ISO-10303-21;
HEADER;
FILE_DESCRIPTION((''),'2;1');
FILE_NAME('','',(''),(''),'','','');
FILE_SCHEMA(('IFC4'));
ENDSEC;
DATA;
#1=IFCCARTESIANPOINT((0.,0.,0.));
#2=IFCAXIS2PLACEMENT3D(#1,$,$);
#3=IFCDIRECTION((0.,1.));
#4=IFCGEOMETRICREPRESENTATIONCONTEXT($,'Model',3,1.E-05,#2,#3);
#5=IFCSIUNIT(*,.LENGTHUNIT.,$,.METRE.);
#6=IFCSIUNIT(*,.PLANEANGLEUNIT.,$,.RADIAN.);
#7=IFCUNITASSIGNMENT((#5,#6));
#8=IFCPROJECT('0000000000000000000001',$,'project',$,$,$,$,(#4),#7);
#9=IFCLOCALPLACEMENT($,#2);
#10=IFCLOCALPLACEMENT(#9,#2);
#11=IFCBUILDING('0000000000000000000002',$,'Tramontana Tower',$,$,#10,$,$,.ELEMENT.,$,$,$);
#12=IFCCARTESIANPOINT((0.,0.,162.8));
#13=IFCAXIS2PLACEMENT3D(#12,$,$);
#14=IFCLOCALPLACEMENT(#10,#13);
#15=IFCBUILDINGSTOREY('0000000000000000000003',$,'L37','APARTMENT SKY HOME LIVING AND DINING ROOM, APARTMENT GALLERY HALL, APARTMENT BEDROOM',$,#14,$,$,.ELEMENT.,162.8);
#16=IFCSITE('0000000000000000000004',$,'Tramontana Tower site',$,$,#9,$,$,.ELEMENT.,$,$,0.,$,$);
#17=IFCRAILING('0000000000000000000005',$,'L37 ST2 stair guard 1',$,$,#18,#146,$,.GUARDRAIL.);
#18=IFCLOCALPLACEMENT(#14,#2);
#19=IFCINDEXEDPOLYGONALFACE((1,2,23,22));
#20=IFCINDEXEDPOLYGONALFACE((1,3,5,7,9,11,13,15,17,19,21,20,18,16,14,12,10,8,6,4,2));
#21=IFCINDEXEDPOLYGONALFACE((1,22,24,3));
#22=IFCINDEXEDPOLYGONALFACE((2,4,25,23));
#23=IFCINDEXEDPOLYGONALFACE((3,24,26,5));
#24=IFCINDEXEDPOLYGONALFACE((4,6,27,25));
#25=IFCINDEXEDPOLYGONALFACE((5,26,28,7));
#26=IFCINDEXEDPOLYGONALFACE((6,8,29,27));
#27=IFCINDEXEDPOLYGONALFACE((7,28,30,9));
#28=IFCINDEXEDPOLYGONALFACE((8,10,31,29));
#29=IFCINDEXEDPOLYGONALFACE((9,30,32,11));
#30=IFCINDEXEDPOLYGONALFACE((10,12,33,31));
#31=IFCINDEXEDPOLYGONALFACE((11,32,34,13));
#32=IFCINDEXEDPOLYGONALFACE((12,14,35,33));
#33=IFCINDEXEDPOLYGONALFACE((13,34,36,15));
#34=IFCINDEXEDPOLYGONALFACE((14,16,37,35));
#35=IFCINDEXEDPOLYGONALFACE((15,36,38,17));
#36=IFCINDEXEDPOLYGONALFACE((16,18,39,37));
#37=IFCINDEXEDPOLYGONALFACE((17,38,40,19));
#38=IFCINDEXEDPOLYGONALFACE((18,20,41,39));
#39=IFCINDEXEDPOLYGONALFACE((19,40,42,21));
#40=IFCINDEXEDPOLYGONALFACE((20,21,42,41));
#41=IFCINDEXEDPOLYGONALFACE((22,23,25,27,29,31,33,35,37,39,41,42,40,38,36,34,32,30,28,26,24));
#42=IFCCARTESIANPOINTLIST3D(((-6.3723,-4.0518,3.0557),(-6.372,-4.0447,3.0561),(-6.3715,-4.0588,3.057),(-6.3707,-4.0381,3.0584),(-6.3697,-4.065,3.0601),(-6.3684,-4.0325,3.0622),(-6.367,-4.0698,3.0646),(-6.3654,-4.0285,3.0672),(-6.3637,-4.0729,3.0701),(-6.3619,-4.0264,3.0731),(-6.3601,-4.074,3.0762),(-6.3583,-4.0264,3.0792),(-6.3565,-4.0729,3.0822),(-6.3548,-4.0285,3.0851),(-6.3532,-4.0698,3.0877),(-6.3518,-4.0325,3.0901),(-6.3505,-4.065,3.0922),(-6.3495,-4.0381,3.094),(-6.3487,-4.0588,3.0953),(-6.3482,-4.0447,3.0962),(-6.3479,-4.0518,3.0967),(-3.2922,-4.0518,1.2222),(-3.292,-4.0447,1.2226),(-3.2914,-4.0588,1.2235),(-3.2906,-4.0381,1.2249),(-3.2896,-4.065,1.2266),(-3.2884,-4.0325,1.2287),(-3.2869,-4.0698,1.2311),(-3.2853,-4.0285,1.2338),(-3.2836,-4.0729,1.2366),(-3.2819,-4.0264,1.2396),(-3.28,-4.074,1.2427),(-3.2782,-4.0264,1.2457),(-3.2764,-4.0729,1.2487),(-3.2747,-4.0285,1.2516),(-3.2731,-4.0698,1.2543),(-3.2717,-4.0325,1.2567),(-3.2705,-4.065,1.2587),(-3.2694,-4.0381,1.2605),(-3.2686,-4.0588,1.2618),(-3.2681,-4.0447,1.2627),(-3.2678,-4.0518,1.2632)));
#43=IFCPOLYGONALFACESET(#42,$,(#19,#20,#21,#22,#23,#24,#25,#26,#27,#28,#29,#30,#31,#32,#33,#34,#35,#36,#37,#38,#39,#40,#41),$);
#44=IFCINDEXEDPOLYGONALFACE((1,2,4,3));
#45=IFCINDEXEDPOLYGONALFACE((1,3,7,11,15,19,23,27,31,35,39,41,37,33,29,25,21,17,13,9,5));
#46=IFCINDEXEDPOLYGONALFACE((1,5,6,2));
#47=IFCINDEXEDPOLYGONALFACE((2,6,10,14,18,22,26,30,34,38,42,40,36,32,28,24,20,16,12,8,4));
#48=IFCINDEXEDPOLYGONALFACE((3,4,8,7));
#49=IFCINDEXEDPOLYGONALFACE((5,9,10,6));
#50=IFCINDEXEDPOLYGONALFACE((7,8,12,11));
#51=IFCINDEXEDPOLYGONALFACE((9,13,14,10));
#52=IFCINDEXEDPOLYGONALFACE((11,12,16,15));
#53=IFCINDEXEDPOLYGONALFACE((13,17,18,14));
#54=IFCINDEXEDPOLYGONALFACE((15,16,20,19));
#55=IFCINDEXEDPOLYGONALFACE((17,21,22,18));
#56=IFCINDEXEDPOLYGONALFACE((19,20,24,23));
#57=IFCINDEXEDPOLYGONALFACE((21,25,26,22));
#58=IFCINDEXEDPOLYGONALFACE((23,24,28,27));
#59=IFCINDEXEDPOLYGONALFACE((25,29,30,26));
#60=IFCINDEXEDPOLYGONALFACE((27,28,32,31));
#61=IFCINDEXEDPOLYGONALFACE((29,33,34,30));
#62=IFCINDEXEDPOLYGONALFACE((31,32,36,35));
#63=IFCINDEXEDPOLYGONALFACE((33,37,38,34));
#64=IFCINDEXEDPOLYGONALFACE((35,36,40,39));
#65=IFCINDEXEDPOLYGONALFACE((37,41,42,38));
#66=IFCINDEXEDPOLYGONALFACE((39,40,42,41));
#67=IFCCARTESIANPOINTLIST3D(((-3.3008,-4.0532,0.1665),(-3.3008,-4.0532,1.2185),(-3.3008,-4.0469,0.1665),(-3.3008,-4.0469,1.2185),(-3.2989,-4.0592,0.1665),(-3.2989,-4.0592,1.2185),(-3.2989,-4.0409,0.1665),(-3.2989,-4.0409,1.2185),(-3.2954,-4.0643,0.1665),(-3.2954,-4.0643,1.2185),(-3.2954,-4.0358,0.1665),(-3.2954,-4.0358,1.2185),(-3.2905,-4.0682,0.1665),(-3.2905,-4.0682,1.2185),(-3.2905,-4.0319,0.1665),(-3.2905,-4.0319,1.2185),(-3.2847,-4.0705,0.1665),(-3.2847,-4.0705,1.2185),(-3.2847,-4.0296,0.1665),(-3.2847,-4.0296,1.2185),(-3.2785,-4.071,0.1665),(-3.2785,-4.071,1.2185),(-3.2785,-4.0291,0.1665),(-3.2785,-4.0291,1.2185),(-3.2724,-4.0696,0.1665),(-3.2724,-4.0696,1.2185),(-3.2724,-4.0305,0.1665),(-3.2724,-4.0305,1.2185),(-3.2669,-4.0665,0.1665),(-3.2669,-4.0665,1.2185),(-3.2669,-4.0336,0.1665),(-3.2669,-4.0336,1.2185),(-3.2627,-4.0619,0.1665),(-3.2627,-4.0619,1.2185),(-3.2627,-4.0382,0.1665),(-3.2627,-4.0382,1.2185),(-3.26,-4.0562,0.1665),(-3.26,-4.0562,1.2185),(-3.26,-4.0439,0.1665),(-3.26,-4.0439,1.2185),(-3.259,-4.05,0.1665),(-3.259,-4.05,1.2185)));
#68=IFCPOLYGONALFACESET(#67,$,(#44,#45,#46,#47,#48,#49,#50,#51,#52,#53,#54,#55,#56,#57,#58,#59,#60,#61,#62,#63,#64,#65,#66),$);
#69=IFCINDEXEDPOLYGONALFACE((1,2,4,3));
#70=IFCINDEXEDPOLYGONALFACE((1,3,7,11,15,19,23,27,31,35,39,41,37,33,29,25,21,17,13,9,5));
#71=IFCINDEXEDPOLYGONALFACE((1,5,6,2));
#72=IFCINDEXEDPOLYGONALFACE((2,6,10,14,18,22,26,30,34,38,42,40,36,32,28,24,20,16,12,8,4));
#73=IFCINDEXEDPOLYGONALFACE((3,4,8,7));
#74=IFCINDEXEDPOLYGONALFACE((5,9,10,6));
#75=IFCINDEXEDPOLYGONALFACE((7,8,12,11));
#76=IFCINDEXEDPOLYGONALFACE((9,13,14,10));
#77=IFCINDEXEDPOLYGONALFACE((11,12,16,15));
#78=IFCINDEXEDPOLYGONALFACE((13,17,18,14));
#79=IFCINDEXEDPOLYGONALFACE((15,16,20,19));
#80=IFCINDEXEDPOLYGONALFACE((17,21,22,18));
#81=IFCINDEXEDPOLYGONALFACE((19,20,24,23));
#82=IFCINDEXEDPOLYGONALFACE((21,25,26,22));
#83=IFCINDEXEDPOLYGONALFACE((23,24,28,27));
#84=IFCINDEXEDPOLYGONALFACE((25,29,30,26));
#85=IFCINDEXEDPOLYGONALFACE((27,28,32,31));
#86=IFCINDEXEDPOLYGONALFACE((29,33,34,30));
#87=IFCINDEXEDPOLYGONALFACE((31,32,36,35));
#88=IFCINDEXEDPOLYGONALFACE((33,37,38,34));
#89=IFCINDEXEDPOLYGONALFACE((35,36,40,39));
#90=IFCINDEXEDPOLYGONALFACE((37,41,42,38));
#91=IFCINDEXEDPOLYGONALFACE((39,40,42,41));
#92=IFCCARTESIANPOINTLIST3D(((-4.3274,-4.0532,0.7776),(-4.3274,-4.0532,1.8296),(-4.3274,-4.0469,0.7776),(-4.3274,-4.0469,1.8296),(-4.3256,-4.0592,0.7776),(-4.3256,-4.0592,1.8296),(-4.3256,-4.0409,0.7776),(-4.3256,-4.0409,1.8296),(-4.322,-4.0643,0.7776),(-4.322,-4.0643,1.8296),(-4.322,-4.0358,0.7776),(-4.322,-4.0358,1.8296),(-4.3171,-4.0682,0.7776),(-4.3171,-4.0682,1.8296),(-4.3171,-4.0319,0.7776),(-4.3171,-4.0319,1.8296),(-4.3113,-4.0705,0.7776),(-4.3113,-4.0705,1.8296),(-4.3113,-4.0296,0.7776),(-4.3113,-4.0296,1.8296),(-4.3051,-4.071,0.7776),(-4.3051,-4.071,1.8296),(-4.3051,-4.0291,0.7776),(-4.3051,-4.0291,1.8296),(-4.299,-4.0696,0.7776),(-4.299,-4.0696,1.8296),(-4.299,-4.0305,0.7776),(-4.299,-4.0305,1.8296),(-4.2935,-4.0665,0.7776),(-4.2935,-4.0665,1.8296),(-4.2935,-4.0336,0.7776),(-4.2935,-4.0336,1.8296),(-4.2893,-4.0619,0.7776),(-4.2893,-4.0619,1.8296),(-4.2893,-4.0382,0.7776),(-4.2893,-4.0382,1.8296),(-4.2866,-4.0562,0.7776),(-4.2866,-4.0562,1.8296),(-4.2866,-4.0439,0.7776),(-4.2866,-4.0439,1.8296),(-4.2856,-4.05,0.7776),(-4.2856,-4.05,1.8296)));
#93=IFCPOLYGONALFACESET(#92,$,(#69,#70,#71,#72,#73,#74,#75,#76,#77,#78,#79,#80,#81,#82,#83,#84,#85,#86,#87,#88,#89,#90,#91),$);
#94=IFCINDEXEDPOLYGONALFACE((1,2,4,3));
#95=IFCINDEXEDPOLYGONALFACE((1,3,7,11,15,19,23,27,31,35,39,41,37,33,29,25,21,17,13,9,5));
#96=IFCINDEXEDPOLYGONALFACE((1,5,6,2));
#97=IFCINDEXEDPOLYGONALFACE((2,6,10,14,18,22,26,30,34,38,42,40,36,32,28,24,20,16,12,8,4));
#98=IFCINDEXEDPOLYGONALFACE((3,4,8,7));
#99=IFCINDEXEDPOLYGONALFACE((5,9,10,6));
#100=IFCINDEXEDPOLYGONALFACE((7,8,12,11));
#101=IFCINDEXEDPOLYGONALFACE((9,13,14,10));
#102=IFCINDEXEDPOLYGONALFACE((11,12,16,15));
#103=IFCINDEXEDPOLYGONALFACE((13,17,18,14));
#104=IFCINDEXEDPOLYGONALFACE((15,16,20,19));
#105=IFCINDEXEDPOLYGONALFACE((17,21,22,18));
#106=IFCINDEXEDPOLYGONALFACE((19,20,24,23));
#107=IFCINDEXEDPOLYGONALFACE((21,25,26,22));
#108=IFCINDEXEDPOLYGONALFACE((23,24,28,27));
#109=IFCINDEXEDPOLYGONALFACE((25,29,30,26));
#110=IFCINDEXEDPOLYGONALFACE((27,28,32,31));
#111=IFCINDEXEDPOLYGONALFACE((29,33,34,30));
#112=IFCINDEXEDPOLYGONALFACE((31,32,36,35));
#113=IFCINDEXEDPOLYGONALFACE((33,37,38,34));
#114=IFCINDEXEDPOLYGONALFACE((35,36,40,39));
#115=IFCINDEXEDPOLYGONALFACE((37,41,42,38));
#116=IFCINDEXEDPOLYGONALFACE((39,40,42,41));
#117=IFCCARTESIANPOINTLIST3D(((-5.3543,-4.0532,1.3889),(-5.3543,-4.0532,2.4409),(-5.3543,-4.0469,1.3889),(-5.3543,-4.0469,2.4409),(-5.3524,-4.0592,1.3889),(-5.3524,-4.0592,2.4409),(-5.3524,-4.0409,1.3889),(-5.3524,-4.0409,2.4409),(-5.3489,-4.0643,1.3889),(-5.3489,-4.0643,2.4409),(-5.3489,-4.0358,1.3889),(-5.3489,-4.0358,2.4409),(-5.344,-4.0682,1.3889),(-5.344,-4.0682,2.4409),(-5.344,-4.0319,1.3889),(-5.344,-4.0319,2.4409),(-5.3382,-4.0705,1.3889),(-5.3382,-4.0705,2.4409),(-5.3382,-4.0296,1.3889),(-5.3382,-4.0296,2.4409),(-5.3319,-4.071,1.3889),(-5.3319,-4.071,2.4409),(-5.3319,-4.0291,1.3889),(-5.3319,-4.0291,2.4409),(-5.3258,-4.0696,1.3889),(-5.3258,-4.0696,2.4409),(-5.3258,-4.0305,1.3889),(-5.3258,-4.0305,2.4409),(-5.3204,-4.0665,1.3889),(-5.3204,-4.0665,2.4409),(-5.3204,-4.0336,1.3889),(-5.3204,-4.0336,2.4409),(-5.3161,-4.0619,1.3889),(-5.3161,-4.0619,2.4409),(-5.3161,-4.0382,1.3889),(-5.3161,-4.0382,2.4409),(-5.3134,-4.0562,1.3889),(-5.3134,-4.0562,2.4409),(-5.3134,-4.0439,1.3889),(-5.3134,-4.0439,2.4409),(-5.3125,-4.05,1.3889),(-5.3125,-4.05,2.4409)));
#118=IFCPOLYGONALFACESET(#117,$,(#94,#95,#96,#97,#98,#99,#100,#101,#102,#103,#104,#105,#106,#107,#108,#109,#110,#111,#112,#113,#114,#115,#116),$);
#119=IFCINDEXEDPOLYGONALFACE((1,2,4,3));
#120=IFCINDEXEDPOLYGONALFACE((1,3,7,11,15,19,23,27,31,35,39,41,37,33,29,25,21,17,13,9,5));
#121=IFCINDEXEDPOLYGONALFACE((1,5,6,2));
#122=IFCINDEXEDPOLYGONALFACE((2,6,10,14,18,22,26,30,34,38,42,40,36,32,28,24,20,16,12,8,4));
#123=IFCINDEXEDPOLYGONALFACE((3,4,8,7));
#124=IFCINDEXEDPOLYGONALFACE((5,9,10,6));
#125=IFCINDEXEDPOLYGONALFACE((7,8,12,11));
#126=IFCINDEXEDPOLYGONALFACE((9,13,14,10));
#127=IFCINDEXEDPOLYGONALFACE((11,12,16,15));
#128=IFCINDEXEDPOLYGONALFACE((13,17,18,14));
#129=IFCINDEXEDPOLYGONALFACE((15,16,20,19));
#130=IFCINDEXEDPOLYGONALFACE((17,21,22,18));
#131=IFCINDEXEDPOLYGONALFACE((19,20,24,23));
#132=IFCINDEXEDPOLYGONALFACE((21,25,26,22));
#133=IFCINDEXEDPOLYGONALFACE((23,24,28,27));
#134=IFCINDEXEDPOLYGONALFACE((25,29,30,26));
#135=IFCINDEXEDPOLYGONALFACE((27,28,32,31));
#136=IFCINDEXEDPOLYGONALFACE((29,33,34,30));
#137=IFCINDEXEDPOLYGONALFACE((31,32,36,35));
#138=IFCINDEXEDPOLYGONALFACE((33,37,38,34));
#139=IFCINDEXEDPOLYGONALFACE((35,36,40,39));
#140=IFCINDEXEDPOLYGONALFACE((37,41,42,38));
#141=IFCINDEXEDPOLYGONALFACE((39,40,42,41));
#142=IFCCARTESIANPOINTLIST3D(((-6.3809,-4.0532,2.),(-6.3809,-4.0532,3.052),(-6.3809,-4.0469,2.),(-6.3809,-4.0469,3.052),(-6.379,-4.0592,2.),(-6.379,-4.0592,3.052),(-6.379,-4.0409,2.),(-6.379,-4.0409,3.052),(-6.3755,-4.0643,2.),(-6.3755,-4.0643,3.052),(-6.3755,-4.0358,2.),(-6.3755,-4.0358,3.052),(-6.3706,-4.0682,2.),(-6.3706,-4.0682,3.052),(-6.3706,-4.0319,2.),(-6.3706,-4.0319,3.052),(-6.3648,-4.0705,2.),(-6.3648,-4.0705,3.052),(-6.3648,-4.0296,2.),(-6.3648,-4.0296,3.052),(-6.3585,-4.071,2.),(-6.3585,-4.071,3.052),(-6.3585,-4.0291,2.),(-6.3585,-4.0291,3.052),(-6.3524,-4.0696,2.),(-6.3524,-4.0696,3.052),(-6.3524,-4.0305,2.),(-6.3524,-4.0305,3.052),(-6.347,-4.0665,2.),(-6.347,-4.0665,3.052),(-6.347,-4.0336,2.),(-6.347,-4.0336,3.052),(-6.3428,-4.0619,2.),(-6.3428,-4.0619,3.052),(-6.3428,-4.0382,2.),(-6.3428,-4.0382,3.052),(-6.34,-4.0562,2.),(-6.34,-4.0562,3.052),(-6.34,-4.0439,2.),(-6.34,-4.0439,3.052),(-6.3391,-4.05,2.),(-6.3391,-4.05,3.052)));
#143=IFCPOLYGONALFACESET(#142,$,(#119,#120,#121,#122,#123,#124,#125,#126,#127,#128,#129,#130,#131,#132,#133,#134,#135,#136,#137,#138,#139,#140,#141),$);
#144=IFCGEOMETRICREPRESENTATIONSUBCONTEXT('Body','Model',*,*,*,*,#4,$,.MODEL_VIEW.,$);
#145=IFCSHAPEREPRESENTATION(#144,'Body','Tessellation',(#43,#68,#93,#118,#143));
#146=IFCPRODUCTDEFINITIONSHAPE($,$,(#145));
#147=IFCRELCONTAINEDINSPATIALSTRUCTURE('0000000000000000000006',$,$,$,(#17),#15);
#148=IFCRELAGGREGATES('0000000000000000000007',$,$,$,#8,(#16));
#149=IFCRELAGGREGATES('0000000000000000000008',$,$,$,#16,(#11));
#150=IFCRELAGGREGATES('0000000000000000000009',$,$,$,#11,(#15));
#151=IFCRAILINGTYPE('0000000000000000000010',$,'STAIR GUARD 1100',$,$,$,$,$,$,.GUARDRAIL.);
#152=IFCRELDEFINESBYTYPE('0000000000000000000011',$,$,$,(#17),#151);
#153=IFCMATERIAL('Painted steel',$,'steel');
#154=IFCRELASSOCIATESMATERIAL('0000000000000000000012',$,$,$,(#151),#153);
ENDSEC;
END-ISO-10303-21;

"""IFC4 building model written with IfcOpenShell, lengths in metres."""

from ifc_helpers import new_model, si_unit, direction, frame, origin, origin_2d, place, context, subcontext, project, spatial, circle, extrude, material, type_object, element, save


model = new_model("IFC4")

# Units and contexts
model_context = context("Model", 3, precision=1e-05, world=origin(), true_north=direction((0.0, 1.0)))
body_context = subcontext(model_context, "Body", "Model", "MODEL_VIEW")
ifc_project = project(units=[si_unit("LENGTHUNIT", "METRE"), si_unit("PLANEANGLEUNIT", "RADIAN")], contexts=[model_context])

# Site, building, storey
site_placement = place(None, origin())
site = spatial("IfcSite", under=ifc_project, at=site_placement, Name="Tramontana Tower site", CompositionType="ELEMENT", RefElevation=0.0)
building_placement = place(site_placement, origin())
building = spatial("IfcBuilding", under=site, at=building_placement, Name="Tramontana Tower", CompositionType="ELEMENT")
storey_placement = place(building_placement, frame((0.0, 0.0, 162.8)))
storey = spatial("IfcBuildingStorey", under=building, at=storey_placement, Name="L37", Description="APARTMENT SKY HOME LIVING AND DINING ROOM, APARTMENT GALLERY HALL, APARTMENT BEDROOM", CompositionType="ELEMENT", Elevation=162.8)

# Railing
ifc_material_1 = material(Name="Painted steel", Category="steel")
railing_type_1 = type_object("IfcRailingType", Name="STAIR GUARD 1100", PredefinedType="GUARDRAIL", material=ifc_material_1)
railing_1_placement = place(storey_placement, frame((-3.28, -4.05, 0.1665)))
element("IfcRailing", 1, at=railing_1_placement, inside=storey, type_object=railing_type_1, Name="L37 ST2 stair guard 1", PredefinedType="GUARDRAIL", context=body_context, shape_type="SweptSolid", body=[
    extrude(circle(Radius=0.0239, at=origin_2d()), frame((0.0, 0.0, 1.0762), z_axis=(-0.859279, 0.0, 0.511508), x_axis=(0.0, -1.0, 0.0)), (0.0, 0.0, 1.0), 3.5845),
    extrude(circle(Radius=0.021, at=origin_2d()), origin(), (0.0, 0.0, 1.0), 1.052),
    extrude(circle(Radius=0.021, at=origin_2d()), frame((-1.0266, 0.0, 0.6111)), (0.0, 0.0, 1.0), 1.052),
    extrude(circle(Radius=0.021, at=origin_2d()), frame((-2.0535, 0.0, 1.2224)), (0.0, 0.0, 1.0), 1.052),
    extrude(circle(Radius=0.021, at=origin_2d()), frame((-3.0801, 0.0, 1.8335)), (0.0, 0.0, 1.0), 1.052),
])

save(model, "model.ifc")
